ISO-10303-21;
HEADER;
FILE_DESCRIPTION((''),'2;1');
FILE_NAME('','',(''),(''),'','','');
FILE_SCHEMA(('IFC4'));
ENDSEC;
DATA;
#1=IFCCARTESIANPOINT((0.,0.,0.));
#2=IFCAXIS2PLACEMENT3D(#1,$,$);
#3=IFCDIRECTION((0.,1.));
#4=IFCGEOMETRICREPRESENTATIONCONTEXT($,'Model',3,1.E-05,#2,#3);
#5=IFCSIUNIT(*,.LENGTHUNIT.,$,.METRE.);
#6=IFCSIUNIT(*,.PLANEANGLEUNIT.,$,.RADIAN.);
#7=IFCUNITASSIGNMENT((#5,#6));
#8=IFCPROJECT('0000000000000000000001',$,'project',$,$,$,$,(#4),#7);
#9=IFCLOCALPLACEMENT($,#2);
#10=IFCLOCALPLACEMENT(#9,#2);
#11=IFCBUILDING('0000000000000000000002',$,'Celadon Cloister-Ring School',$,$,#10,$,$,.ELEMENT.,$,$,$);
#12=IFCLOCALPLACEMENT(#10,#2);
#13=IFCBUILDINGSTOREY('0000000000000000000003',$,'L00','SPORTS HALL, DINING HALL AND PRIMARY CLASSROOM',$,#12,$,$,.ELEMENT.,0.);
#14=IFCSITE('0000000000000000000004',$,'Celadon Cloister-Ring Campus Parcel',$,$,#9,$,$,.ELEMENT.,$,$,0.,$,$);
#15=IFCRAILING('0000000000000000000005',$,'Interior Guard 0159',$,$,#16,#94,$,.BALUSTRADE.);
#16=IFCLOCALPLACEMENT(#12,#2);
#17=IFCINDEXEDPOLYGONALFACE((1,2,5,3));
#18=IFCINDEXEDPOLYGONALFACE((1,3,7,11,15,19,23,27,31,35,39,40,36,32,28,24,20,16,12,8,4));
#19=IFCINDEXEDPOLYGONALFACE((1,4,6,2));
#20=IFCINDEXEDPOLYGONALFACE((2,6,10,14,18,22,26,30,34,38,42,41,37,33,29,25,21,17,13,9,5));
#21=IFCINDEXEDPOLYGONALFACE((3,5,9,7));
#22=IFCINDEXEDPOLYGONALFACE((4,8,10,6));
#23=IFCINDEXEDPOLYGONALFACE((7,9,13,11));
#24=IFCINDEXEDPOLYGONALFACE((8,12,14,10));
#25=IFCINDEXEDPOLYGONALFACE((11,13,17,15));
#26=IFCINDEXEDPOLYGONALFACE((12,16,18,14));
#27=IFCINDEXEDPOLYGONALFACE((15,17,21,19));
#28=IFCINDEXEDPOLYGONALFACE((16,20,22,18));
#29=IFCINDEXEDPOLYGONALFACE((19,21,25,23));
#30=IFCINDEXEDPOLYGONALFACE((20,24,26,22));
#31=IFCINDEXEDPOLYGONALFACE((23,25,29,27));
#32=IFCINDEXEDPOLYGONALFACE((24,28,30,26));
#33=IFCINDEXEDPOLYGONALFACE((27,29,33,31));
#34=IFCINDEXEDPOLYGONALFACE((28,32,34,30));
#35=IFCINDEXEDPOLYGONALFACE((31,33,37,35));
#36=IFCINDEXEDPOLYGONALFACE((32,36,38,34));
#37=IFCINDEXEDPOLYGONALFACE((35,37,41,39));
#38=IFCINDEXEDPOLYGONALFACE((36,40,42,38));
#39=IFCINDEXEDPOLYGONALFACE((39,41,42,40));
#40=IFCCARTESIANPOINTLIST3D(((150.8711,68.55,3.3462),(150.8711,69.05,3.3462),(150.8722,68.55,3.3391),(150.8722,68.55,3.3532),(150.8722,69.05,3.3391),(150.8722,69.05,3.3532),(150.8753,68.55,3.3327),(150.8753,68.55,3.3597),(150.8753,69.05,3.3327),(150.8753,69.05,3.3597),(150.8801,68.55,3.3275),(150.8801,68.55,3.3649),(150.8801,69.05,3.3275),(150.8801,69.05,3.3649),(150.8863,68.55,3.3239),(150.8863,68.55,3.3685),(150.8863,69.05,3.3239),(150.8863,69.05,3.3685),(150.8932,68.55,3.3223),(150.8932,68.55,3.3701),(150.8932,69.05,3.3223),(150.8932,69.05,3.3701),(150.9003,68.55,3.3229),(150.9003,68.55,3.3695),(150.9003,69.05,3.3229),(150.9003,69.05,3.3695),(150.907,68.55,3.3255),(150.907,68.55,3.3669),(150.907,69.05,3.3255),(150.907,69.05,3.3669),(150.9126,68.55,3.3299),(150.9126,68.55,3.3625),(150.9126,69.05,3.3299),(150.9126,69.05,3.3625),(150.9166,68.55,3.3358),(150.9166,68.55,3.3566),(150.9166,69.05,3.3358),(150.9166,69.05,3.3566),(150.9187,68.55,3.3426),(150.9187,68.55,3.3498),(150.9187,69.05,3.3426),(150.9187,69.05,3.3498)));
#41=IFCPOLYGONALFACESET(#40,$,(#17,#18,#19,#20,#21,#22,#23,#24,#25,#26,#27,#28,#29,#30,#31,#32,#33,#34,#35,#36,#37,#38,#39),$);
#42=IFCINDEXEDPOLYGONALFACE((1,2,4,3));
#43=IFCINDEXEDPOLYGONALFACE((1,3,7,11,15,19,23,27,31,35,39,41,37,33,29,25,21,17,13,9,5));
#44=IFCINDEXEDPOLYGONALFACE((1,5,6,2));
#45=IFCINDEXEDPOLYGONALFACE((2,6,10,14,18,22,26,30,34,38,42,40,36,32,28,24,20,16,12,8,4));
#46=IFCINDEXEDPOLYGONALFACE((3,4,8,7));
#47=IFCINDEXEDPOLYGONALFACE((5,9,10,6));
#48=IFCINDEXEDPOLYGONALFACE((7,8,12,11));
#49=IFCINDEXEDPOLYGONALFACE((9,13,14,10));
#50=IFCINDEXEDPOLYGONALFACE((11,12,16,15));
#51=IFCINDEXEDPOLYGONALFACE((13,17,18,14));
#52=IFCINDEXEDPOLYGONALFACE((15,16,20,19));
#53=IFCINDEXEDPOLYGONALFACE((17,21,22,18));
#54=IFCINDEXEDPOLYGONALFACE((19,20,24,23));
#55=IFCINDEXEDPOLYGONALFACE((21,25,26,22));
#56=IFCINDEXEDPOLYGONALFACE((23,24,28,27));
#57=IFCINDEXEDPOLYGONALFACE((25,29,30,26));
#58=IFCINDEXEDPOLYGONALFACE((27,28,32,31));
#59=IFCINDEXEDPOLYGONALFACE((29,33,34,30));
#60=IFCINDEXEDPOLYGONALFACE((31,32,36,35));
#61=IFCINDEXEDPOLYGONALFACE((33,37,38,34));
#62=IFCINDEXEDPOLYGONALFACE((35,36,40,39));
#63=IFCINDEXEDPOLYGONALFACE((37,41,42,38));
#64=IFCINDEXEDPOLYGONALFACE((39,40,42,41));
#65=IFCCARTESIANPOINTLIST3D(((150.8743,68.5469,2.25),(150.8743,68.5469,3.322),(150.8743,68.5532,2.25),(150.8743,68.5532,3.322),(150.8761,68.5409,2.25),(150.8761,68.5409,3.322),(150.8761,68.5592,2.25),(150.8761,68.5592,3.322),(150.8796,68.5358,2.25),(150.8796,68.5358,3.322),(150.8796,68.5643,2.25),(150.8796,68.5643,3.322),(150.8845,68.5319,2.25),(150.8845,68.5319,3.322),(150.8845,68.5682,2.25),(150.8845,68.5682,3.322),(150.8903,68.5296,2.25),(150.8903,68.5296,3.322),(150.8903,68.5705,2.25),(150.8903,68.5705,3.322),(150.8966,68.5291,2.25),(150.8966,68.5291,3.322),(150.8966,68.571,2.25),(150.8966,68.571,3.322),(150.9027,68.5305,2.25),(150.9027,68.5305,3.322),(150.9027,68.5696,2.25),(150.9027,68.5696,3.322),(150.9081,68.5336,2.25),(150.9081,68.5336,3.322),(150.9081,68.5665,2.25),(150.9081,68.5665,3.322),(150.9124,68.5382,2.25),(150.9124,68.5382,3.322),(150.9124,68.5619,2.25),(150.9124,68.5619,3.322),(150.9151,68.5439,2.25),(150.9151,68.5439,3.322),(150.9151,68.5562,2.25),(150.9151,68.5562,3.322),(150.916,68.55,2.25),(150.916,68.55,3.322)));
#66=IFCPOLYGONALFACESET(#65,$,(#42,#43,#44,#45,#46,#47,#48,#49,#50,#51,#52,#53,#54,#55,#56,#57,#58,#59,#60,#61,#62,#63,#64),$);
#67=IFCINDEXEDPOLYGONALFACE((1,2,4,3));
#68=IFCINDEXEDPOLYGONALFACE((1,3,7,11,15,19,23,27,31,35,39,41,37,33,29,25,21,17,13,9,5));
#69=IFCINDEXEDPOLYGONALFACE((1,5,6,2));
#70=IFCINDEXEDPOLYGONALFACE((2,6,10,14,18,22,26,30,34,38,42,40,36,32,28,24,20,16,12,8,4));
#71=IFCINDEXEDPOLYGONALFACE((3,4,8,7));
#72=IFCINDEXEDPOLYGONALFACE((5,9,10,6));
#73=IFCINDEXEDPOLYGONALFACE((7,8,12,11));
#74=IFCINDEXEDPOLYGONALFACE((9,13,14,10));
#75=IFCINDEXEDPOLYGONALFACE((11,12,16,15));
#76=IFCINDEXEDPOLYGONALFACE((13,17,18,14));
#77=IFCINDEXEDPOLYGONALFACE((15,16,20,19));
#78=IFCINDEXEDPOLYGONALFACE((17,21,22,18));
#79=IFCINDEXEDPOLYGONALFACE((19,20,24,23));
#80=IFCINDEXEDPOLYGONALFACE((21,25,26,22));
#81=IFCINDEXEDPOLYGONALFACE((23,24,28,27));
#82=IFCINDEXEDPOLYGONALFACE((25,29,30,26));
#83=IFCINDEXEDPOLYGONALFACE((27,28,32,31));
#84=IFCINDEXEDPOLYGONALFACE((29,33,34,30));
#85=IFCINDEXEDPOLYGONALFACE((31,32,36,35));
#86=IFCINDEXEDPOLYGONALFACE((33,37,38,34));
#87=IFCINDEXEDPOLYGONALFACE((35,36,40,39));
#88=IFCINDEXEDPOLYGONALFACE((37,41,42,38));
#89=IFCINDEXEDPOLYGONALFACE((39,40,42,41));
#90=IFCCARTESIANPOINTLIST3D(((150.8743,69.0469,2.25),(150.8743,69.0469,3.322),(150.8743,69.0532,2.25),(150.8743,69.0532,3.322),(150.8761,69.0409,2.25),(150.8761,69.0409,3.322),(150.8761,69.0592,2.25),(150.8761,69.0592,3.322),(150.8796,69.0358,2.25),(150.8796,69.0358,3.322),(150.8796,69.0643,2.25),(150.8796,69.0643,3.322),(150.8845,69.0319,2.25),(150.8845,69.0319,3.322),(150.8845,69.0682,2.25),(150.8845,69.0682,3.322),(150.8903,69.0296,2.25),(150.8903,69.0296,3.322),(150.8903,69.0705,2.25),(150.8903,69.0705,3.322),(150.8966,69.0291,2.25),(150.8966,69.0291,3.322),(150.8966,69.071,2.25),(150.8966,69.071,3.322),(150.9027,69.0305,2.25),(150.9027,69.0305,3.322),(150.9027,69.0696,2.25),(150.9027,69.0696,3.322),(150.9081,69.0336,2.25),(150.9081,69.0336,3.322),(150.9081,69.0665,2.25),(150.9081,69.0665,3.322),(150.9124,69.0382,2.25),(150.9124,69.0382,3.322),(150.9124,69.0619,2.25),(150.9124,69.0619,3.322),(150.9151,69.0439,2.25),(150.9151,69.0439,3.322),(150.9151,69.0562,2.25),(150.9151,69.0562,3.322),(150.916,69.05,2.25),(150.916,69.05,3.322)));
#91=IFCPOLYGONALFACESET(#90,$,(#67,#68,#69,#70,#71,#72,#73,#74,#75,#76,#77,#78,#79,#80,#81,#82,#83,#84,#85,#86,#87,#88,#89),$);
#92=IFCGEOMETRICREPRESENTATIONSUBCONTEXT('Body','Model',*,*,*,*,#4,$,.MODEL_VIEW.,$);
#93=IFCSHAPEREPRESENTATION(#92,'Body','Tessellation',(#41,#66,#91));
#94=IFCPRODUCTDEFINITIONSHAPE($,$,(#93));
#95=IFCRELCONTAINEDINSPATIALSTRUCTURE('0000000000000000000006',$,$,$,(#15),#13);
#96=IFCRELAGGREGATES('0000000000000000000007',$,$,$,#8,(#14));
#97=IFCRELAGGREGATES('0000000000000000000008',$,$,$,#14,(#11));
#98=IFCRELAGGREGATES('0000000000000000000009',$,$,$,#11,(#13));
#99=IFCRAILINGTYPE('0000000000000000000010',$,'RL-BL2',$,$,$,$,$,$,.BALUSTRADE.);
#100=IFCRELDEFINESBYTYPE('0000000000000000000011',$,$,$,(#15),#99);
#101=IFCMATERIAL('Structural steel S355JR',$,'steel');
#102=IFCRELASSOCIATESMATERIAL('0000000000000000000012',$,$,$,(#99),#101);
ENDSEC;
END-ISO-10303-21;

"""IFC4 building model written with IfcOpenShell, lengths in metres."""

from ifc_helpers import new_model, si_unit, direction, frame, origin, origin_2d, place, context, subcontext, project, spatial, circle, extrude, material, type_object, element, save


model = new_model("IFC4")

# Units and contexts
model_context = context("Model", 3, precision=1e-05, world=origin(), true_north=direction((0.0, 1.0)))
body_context = subcontext(model_context, "Body", "Model", "MODEL_VIEW")
ifc_project = project(units=[si_unit("LENGTHUNIT", "METRE"), si_unit("PLANEANGLEUNIT", "RADIAN")], contexts=[model_context])

# Site, building, storey
site_placement = place(None, origin())
site = spatial("IfcSite", under=ifc_project, at=site_placement, Name="Celadon Cloister-Ring Campus Parcel", CompositionType="ELEMENT", RefElevation=0.0)
building_placement = place(site_placement, origin())
building = spatial("IfcBuilding", under=site, at=building_placement, Name="Celadon Cloister-Ring School", CompositionType="ELEMENT")
storey_placement = place(building_placement, origin())
storey = spatial("IfcBuildingStorey", under=building, at=storey_placement, Name="L00", Description="SPORTS HALL, DINING HALL AND PRIMARY CLASSROOM", CompositionType="ELEMENT", Elevation=0.0)

# Railing
ifc_material_1 = material(Name="Structural steel S355JR", Category="steel")
railing_type_1 = type_object("IfcRailingType", Name="RL-BL2", PredefinedType="BALUSTRADE", material=ifc_material_1)
railing_placement = place(storey_placement, frame((150.895, 68.55, 2.25)))
element("IfcRailing", 1, at=railing_placement, inside=storey, type_object=railing_type_1, Name="Interior Guard 0159", PredefinedType="BALUSTRADE", context=body_context, shape_type="SweptSolid", body=[
    extrude(circle(Radius=0.0239, at=origin_2d()), frame((0.0, 0.0, 1.0962), z_axis=(0.0, 1.0, 0.0), x_axis=(-1.0, 0.0, 0.0)), (0.0, 0.0, 1.0), 0.5),
    extrude(circle(Radius=0.021, at=origin_2d()), origin(), (0.0, 0.0, 1.0), 1.072),
    extrude(circle(Radius=0.021, at=origin_2d()), frame((0.0, 0.5, 0.0)), (0.0, 0.0, 1.0), 1.072),
])

save(model, "model.ifc")
